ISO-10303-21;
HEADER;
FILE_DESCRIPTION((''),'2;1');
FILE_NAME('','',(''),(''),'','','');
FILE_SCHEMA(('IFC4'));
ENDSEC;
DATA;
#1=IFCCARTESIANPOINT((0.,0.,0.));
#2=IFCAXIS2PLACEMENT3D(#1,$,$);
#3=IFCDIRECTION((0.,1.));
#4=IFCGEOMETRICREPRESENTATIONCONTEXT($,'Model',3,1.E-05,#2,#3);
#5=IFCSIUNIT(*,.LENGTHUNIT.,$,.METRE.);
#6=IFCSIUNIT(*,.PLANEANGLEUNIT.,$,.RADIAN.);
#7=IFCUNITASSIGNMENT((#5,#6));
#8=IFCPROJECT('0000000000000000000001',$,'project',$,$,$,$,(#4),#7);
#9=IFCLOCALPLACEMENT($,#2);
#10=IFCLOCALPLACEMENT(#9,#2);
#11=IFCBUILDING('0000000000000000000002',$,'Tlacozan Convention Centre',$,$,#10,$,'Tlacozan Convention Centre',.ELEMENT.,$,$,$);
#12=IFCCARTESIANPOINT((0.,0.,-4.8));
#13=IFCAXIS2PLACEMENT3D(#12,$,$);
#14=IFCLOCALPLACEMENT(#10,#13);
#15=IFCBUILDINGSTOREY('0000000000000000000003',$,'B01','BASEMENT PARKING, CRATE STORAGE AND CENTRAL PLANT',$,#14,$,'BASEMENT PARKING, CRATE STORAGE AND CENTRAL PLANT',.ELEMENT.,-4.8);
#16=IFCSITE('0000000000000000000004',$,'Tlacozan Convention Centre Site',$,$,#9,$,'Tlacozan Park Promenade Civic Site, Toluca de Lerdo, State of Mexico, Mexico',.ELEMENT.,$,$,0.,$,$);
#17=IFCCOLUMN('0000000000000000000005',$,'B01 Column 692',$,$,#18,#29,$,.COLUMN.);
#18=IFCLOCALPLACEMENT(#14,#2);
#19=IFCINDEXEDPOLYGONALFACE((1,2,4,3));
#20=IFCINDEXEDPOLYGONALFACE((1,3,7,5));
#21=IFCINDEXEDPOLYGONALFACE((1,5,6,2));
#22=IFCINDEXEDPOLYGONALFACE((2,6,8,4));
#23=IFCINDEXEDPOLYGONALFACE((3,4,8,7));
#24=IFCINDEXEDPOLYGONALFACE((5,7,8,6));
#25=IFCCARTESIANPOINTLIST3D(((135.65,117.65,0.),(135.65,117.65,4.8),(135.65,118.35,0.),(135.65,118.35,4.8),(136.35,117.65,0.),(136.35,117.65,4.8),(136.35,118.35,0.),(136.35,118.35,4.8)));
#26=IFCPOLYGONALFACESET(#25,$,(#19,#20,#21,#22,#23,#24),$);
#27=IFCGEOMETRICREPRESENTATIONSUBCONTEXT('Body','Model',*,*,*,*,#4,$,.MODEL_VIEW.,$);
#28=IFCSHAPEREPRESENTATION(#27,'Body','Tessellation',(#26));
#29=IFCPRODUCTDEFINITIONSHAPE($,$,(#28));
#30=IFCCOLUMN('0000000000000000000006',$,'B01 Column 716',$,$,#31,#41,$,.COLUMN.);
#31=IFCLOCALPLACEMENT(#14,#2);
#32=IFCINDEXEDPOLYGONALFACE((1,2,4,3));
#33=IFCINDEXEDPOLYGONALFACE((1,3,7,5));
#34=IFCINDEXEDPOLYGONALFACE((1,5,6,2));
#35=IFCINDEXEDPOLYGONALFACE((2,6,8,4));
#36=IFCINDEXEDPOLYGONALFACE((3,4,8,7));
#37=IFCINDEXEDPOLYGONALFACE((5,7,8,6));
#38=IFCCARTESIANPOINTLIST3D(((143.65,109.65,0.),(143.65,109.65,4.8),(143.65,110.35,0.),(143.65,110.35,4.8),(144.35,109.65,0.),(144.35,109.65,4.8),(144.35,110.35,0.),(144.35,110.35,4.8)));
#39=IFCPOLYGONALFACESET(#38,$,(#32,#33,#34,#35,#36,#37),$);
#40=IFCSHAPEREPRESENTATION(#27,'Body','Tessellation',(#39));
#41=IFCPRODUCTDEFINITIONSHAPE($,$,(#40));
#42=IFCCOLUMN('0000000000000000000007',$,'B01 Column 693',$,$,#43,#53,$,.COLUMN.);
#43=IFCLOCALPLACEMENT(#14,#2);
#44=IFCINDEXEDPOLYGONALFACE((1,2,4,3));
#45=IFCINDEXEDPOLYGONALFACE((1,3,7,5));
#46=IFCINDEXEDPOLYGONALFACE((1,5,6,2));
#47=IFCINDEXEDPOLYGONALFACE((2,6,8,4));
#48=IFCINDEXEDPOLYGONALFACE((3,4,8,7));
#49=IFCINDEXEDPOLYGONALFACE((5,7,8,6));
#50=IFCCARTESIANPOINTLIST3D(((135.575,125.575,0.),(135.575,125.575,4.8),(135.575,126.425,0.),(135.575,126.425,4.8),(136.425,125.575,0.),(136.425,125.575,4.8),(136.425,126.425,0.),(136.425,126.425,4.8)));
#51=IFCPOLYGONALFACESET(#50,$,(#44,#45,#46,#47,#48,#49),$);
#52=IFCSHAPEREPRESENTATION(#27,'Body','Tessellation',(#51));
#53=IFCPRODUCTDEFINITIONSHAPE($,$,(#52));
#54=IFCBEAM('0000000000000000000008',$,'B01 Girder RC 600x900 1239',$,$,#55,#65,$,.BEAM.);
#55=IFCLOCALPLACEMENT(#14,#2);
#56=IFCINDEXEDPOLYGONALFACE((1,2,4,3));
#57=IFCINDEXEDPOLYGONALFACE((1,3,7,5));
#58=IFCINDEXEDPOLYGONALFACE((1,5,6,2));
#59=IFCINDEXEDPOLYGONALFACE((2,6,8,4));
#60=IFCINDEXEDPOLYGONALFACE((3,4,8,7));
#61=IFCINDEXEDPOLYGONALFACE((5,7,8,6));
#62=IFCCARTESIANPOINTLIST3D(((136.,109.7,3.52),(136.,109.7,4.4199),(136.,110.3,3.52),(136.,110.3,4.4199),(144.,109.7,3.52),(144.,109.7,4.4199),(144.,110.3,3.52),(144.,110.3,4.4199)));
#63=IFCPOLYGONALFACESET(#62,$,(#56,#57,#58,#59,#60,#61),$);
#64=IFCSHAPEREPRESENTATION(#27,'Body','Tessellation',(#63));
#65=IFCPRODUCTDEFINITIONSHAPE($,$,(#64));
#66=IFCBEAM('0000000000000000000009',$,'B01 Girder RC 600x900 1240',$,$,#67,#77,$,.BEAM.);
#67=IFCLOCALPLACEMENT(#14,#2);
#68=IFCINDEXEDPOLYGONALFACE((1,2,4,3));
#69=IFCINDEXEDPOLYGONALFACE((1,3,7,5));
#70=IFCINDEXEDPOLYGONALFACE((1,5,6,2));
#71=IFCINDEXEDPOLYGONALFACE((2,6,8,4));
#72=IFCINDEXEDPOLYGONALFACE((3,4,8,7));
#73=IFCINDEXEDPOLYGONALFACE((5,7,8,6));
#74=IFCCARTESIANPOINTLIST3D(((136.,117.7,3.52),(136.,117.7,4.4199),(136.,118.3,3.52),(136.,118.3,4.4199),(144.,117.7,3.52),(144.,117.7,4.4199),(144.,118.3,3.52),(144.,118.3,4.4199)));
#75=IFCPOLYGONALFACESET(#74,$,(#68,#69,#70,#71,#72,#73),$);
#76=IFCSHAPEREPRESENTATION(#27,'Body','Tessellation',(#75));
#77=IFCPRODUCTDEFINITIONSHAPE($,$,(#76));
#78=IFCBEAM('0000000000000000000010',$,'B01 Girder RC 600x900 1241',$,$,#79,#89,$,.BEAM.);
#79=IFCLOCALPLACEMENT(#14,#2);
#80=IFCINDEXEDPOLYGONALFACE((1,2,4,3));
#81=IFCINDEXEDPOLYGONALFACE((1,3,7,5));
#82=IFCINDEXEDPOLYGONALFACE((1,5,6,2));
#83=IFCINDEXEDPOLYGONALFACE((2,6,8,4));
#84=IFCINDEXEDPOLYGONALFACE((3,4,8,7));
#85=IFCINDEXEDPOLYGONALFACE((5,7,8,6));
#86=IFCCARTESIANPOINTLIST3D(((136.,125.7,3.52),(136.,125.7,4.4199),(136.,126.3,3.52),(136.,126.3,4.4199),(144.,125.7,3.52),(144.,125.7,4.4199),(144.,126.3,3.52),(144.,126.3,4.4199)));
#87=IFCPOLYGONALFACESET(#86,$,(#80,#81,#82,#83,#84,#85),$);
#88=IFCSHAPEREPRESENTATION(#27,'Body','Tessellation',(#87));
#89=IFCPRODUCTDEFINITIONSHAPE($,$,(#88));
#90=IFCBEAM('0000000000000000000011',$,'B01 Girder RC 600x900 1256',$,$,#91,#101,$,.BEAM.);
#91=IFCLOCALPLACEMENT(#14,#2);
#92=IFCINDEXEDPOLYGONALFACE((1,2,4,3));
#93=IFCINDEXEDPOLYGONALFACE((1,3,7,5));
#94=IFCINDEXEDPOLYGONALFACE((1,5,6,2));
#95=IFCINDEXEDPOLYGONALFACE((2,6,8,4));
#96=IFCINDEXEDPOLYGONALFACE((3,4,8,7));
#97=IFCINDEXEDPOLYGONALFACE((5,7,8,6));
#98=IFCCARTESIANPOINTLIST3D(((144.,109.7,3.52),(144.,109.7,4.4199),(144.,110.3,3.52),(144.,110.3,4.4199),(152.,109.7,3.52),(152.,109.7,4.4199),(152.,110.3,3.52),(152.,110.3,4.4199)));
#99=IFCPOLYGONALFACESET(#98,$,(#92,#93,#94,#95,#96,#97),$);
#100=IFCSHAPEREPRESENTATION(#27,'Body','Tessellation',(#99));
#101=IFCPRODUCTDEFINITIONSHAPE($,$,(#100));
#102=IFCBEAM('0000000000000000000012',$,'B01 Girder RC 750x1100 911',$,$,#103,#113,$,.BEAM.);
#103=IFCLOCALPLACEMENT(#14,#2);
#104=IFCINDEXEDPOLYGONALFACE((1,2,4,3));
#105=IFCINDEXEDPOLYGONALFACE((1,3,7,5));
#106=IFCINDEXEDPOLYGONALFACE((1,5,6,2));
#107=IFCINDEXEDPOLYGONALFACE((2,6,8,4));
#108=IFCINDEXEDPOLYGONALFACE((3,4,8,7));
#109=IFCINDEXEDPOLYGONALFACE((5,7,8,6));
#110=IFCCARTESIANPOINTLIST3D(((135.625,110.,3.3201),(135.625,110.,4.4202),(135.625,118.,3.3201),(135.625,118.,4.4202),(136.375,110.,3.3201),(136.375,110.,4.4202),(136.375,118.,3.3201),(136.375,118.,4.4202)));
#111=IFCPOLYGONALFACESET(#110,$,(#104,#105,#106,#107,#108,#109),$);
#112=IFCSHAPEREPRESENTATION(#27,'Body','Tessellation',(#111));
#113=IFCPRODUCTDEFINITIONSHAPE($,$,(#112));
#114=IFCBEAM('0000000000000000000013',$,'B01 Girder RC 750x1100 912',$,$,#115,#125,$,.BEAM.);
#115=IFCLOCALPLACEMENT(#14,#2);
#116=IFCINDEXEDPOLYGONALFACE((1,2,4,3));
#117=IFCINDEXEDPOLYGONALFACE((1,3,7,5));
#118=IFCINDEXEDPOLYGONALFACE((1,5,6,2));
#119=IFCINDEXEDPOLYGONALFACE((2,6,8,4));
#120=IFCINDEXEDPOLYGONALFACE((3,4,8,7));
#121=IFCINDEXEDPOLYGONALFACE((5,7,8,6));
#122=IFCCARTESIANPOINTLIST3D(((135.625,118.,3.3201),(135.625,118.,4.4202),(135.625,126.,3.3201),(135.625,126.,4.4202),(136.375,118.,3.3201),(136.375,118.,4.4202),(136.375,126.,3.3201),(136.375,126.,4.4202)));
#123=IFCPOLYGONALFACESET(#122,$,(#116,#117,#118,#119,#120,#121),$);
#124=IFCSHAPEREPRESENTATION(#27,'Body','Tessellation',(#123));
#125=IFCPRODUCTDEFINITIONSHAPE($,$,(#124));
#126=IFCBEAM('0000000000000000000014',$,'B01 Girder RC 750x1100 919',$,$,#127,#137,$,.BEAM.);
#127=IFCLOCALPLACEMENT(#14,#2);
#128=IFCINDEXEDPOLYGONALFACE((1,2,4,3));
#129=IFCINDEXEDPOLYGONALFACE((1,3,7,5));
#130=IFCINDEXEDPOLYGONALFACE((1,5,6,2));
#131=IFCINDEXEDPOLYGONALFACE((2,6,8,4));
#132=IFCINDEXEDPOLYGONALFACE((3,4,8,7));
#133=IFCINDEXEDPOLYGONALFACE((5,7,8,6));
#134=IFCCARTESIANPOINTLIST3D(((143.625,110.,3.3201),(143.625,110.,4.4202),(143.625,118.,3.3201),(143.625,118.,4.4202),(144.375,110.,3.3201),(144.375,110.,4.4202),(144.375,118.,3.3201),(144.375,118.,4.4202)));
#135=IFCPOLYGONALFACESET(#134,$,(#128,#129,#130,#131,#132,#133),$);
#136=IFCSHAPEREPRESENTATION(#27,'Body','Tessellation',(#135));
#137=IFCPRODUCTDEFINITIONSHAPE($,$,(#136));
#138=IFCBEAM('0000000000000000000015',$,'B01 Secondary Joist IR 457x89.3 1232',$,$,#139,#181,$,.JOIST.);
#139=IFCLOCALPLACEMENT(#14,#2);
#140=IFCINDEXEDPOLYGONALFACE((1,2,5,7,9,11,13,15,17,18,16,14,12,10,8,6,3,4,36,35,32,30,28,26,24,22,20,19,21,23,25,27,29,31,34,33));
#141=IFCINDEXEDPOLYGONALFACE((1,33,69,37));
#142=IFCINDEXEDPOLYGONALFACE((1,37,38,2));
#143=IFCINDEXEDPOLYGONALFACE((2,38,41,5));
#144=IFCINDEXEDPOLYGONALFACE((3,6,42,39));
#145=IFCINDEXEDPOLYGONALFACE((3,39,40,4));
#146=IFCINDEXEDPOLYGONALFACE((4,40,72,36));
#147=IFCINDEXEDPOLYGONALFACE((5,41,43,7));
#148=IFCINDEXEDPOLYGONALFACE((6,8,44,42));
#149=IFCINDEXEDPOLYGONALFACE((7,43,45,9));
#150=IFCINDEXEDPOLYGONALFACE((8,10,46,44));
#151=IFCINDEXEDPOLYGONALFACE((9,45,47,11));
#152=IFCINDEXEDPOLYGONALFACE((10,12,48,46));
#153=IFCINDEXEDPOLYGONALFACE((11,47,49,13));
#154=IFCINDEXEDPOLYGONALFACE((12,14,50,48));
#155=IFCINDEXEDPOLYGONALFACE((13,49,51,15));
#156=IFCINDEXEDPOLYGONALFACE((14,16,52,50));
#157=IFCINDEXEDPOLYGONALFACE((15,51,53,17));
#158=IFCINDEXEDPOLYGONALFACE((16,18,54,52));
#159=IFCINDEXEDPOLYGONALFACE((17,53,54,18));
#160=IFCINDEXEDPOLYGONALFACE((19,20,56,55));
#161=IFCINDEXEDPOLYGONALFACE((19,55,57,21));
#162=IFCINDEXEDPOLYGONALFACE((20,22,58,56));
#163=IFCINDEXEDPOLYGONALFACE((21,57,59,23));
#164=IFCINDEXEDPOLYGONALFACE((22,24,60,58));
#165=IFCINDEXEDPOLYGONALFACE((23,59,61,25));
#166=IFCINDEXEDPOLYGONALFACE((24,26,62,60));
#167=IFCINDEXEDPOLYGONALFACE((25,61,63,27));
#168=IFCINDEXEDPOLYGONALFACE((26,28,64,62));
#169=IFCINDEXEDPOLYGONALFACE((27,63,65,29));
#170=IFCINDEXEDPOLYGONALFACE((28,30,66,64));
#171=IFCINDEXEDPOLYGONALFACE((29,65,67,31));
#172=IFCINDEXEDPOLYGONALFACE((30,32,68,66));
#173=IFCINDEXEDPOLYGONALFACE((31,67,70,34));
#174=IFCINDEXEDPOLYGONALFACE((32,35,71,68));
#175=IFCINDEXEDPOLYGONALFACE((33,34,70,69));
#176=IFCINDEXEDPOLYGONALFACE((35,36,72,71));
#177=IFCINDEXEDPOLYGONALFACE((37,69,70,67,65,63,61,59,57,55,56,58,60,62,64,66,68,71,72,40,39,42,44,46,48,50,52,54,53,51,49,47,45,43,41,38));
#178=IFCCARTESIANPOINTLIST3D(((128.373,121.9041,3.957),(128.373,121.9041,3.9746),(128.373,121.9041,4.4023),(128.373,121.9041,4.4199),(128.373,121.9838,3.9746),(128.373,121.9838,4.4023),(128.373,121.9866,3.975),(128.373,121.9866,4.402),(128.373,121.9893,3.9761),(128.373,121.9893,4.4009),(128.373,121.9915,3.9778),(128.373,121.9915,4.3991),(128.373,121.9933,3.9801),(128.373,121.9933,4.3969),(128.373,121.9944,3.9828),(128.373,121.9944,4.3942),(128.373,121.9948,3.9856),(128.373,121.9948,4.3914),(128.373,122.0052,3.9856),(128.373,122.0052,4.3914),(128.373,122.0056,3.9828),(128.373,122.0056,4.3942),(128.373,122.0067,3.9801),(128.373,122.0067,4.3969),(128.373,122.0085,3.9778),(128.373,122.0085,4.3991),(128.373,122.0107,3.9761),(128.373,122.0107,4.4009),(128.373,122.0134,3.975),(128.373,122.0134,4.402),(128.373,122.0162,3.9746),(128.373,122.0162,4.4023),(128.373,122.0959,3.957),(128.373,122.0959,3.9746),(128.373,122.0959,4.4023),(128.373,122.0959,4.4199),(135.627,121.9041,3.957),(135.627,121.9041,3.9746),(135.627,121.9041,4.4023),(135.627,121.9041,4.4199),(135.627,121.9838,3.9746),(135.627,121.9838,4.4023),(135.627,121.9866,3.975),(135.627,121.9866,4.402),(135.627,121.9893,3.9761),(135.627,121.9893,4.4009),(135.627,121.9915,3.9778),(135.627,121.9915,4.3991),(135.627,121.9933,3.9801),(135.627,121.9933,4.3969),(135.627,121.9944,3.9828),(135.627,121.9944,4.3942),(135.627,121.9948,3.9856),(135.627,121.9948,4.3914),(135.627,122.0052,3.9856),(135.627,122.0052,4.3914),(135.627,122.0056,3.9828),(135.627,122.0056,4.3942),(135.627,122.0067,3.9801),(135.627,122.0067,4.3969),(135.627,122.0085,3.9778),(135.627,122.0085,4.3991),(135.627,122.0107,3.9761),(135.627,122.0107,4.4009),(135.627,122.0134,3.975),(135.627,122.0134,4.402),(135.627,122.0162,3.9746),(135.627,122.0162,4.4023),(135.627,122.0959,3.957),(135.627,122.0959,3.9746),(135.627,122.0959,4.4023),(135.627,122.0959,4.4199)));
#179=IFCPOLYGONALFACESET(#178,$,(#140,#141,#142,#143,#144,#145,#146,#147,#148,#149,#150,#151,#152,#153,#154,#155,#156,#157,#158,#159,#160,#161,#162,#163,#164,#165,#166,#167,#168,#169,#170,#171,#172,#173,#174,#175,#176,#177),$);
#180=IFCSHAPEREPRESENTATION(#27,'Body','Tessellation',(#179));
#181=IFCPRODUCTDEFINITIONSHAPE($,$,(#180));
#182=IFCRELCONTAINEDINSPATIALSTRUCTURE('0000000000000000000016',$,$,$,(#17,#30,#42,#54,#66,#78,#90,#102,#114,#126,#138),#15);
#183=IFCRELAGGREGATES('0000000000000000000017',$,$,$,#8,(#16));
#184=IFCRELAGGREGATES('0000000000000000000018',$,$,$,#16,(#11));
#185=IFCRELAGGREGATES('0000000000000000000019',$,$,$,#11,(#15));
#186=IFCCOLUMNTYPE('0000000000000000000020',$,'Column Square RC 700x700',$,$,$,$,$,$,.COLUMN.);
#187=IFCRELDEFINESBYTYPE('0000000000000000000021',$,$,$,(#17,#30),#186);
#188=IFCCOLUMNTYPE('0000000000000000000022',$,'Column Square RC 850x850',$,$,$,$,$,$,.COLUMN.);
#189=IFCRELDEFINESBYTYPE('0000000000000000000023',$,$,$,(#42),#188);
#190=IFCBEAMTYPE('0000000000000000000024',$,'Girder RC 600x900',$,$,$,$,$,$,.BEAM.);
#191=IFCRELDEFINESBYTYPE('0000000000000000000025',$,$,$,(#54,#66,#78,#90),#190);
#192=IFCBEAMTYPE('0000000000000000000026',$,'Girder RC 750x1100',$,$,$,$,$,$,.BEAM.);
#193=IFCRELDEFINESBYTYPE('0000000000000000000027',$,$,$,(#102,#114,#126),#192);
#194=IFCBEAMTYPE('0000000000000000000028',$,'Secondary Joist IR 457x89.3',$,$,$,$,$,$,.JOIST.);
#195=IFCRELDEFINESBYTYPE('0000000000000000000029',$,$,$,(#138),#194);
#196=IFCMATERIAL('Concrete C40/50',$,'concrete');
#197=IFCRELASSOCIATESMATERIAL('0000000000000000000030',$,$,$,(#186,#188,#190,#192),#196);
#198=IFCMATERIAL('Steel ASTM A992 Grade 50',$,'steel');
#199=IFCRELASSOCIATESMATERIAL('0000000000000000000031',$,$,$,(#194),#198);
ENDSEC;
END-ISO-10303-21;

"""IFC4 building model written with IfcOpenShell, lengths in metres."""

from ifc_helpers import new_model, si_unit, direction, frame, origin, origin_2d, place, context, subcontext, project, spatial, rectangle, i_section, extrude, material, material_profile, profile_set, type_object, element, save


model = new_model("IFC4")

# Units and contexts
model_context = context("Model", 3, precision=1e-05, world=origin(), true_north=direction((0.0, 1.0)))
body_context = subcontext(model_context, "Body", "Model", "MODEL_VIEW")
ifc_project = project(units=[si_unit("LENGTHUNIT", "METRE"), si_unit("PLANEANGLEUNIT", "RADIAN")], contexts=[model_context])

# Site, building, storey
site_placement = place(None, origin())
site = spatial("IfcSite", under=ifc_project, at=site_placement, Name="Tlacozan Convention Centre Site", LongName="Tlacozan Park Promenade Civic Site, Toluca de Lerdo, State of Mexico, Mexico", CompositionType="ELEMENT", RefElevation=0.0)
building_placement = place(site_placement, origin())
building = spatial("IfcBuilding", under=site, at=building_placement, Name="Tlacozan Convention Centre", LongName="Tlacozan Convention Centre", CompositionType="ELEMENT")
storey_placement = place(building_placement, frame((0.0, 0.0, -4.8)))
storey = spatial("IfcBuildingStorey", under=building, at=storey_placement, Name="B01", Description="BASEMENT PARKING, CRATE STORAGE AND CENTRAL PLANT", LongName="BASEMENT PARKING, CRATE STORAGE AND CENTRAL PLANT", CompositionType="ELEMENT", Elevation=-4.8)

# Columns
ifc_material_1 = material(Name="Concrete C40/50", Category="concrete")
ifc_material_profile_1 = material_profile(ifc_material_1, rectangle(XDim=0.7, YDim=0.7, at=origin_2d()), Name="RC 700x700")
ifc_profile_set_1 = profile_set([ifc_material_profile_1], Name="Concrete C40/50")
column_type_1 = type_object("IfcColumnType", Name="Column Square RC 700x700", PredefinedType="COLUMN", material=ifc_profile_set_1)
for number, where, z_axis, x_axis, name in (
    (1, (136.0, 118.0, 0.0), (0.0, 0.0, 1.0), (1.0, 0.0, 0.0), "B01 Column 692"),
    (2, (144.0, 110.0, 0.0), (0.0, 0.0, 1.0), (1.0, 0.0, 0.0), "B01 Column 716"),
):
    element("IfcColumn", number, at=place(storey_placement, frame(where, z_axis=z_axis, x_axis=x_axis)), inside=storey, type_object=column_type_1, Name=name, PredefinedType="COLUMN", context=body_context, shape_type="SweptSolid", body=[
        extrude(rectangle(XDim=0.7, YDim=0.7, at=origin_2d()), origin(), (0.0, 0.0, 1.0), 4.8),
    ])
ifc_material_profile_2 = material_profile(ifc_material_1, rectangle(XDim=0.8501, YDim=0.8501, at=origin_2d()), Name="RC 850x850")
ifc_profile_set_2 = profile_set([ifc_material_profile_2], Name="Concrete C40/50")
column_type_2 = type_object("IfcColumnType", Name="Column Square RC 850x850", PredefinedType="COLUMN", material=ifc_profile_set_2)
column_placement = place(storey_placement, frame((136.0, 126.0, 0.0), z_axis=(0.0, 0.0, 1.0), x_axis=(1.0, 0.0, 0.0)))
element("IfcColumn", 3, at=column_placement, inside=storey, type_object=column_type_2, Name="B01 Column 693", PredefinedType="COLUMN", context=body_context, shape_type="SweptSolid", body=[
    extrude(rectangle(XDim=0.8501, YDim=0.8501, at=origin_2d()), origin(), (0.0, 0.0, 1.0), 4.8),
])

# Beams
ifc_material_profile_3 = material_profile(ifc_material_1, rectangle(XDim=0.6001, YDim=0.8999, at=origin_2d()), Name="RC 600x900")
ifc_profile_set_3 = profile_set([ifc_material_profile_3], Name="Concrete C40/50")
beam_type_1 = type_object("IfcBeamType", Name="Girder RC 600x900", PredefinedType="BEAM", material=ifc_profile_set_3)
for number, where, z_axis, x_axis, name in (
    (4, (136.0, 110.0, 3.97), (1.0, 0.0, 0.0), (0.0, 1.0, 0.0), "B01 Girder RC 600x900 1239"),
    (5, (136.0, 118.0, 3.97), (1.0, 0.0, 0.0), (0.0, 1.0, 0.0), "B01 Girder RC 600x900 1240"),
    (6, (136.0, 126.0, 3.97), (1.0, 0.0, 0.0), (0.0, 1.0, 0.0), "B01 Girder RC 600x900 1241"),
    (7, (144.0, 110.0, 3.97), (1.0, 0.0, 0.0), (0.0, 1.0, 0.0), "B01 Girder RC 600x900 1256"),
):
    element("IfcBeam", number, at=place(storey_placement, frame(where, z_axis=z_axis, x_axis=x_axis)), inside=storey, type_object=beam_type_1, Name=name, PredefinedType="BEAM", context=body_context, shape_type="SweptSolid", body=[
        extrude(rectangle(XDim=0.6001, YDim=0.8999, at=origin_2d()), origin(), (0.0, 0.0, 1.0), 8.0),
    ])
ifc_material_profile_4 = material_profile(ifc_material_1, rectangle(XDim=0.75, YDim=1.1001, at=origin_2d()), Name="RC 750x1100")
ifc_profile_set_4 = profile_set([ifc_material_profile_4], Name="Concrete C40/50")
beam_type_2 = type_object("IfcBeamType", Name="Girder RC 750x1100", PredefinedType="BEAM", material=ifc_profile_set_4)
for number, where, z_axis, x_axis, name in (
    (8, (136.0, 110.0, 3.8701), (0.0, 1.0, 0.0), (-1.0, 0.0, 0.0), "B01 Girder RC 750x1100 911"),
    (9, (136.0, 118.0, 3.8701), (0.0, 1.0, 0.0), (-1.0, 0.0, 0.0), "B01 Girder RC 750x1100 912"),
    (10, (144.0, 110.0, 3.8701), (0.0, 1.0, 0.0), (-1.0, 0.0, 0.0), "B01 Girder RC 750x1100 919"),
):
    element("IfcBeam", number, at=place(storey_placement, frame(where, z_axis=z_axis, x_axis=x_axis)), inside=storey, type_object=beam_type_2, Name=name, PredefinedType="BEAM", context=body_context, shape_type="SweptSolid", body=[
        extrude(rectangle(XDim=0.75, YDim=1.1001, at=origin_2d()), origin(), (0.0, 0.0, 1.0), 8.0),
    ])
ifc_material_2 = material(Name="Steel ASTM A992 Grade 50", Category="steel")
ifc_material_profile_5 = material_profile(ifc_material_2, i_section(OverallWidth=0.1919, OverallDepth=0.4629, WebThickness=0.0105, FlangeThickness=0.0176, FilletRadius=0.011, at=origin_2d()), Name="IR 457x89.3")
ifc_profile_set_5 = profile_set([ifc_material_profile_5], Name="Steel ASTM A992 Grade 50")
beam_type_3 = type_object("IfcBeamType", Name="Secondary Joist IR 457x89.3", PredefinedType="JOIST", material=ifc_profile_set_5)
for number, where, z_axis, x_axis, name in (
    (11, (128.373, 122.0, 4.1885), (1.0, 0.0, 0.0), (0.0, 1.0, 0.0), "B01 Secondary Joist IR 457x89.3 1232"),
):
    element("IfcBeam", number, at=place(storey_placement, frame(where, z_axis=z_axis, x_axis=x_axis)), inside=storey, type_object=beam_type_3, Name=name, PredefinedType="JOIST", context=body_context, shape_type="SweptSolid", body=[
        extrude(i_section(OverallWidth=0.1919, OverallDepth=0.4629, WebThickness=0.0105, FlangeThickness=0.0176, FilletRadius=0.011, at=origin_2d()), origin(), (0.0, 0.0, 1.0), 7.2539),
    ])

save(model, "model.ifc")
